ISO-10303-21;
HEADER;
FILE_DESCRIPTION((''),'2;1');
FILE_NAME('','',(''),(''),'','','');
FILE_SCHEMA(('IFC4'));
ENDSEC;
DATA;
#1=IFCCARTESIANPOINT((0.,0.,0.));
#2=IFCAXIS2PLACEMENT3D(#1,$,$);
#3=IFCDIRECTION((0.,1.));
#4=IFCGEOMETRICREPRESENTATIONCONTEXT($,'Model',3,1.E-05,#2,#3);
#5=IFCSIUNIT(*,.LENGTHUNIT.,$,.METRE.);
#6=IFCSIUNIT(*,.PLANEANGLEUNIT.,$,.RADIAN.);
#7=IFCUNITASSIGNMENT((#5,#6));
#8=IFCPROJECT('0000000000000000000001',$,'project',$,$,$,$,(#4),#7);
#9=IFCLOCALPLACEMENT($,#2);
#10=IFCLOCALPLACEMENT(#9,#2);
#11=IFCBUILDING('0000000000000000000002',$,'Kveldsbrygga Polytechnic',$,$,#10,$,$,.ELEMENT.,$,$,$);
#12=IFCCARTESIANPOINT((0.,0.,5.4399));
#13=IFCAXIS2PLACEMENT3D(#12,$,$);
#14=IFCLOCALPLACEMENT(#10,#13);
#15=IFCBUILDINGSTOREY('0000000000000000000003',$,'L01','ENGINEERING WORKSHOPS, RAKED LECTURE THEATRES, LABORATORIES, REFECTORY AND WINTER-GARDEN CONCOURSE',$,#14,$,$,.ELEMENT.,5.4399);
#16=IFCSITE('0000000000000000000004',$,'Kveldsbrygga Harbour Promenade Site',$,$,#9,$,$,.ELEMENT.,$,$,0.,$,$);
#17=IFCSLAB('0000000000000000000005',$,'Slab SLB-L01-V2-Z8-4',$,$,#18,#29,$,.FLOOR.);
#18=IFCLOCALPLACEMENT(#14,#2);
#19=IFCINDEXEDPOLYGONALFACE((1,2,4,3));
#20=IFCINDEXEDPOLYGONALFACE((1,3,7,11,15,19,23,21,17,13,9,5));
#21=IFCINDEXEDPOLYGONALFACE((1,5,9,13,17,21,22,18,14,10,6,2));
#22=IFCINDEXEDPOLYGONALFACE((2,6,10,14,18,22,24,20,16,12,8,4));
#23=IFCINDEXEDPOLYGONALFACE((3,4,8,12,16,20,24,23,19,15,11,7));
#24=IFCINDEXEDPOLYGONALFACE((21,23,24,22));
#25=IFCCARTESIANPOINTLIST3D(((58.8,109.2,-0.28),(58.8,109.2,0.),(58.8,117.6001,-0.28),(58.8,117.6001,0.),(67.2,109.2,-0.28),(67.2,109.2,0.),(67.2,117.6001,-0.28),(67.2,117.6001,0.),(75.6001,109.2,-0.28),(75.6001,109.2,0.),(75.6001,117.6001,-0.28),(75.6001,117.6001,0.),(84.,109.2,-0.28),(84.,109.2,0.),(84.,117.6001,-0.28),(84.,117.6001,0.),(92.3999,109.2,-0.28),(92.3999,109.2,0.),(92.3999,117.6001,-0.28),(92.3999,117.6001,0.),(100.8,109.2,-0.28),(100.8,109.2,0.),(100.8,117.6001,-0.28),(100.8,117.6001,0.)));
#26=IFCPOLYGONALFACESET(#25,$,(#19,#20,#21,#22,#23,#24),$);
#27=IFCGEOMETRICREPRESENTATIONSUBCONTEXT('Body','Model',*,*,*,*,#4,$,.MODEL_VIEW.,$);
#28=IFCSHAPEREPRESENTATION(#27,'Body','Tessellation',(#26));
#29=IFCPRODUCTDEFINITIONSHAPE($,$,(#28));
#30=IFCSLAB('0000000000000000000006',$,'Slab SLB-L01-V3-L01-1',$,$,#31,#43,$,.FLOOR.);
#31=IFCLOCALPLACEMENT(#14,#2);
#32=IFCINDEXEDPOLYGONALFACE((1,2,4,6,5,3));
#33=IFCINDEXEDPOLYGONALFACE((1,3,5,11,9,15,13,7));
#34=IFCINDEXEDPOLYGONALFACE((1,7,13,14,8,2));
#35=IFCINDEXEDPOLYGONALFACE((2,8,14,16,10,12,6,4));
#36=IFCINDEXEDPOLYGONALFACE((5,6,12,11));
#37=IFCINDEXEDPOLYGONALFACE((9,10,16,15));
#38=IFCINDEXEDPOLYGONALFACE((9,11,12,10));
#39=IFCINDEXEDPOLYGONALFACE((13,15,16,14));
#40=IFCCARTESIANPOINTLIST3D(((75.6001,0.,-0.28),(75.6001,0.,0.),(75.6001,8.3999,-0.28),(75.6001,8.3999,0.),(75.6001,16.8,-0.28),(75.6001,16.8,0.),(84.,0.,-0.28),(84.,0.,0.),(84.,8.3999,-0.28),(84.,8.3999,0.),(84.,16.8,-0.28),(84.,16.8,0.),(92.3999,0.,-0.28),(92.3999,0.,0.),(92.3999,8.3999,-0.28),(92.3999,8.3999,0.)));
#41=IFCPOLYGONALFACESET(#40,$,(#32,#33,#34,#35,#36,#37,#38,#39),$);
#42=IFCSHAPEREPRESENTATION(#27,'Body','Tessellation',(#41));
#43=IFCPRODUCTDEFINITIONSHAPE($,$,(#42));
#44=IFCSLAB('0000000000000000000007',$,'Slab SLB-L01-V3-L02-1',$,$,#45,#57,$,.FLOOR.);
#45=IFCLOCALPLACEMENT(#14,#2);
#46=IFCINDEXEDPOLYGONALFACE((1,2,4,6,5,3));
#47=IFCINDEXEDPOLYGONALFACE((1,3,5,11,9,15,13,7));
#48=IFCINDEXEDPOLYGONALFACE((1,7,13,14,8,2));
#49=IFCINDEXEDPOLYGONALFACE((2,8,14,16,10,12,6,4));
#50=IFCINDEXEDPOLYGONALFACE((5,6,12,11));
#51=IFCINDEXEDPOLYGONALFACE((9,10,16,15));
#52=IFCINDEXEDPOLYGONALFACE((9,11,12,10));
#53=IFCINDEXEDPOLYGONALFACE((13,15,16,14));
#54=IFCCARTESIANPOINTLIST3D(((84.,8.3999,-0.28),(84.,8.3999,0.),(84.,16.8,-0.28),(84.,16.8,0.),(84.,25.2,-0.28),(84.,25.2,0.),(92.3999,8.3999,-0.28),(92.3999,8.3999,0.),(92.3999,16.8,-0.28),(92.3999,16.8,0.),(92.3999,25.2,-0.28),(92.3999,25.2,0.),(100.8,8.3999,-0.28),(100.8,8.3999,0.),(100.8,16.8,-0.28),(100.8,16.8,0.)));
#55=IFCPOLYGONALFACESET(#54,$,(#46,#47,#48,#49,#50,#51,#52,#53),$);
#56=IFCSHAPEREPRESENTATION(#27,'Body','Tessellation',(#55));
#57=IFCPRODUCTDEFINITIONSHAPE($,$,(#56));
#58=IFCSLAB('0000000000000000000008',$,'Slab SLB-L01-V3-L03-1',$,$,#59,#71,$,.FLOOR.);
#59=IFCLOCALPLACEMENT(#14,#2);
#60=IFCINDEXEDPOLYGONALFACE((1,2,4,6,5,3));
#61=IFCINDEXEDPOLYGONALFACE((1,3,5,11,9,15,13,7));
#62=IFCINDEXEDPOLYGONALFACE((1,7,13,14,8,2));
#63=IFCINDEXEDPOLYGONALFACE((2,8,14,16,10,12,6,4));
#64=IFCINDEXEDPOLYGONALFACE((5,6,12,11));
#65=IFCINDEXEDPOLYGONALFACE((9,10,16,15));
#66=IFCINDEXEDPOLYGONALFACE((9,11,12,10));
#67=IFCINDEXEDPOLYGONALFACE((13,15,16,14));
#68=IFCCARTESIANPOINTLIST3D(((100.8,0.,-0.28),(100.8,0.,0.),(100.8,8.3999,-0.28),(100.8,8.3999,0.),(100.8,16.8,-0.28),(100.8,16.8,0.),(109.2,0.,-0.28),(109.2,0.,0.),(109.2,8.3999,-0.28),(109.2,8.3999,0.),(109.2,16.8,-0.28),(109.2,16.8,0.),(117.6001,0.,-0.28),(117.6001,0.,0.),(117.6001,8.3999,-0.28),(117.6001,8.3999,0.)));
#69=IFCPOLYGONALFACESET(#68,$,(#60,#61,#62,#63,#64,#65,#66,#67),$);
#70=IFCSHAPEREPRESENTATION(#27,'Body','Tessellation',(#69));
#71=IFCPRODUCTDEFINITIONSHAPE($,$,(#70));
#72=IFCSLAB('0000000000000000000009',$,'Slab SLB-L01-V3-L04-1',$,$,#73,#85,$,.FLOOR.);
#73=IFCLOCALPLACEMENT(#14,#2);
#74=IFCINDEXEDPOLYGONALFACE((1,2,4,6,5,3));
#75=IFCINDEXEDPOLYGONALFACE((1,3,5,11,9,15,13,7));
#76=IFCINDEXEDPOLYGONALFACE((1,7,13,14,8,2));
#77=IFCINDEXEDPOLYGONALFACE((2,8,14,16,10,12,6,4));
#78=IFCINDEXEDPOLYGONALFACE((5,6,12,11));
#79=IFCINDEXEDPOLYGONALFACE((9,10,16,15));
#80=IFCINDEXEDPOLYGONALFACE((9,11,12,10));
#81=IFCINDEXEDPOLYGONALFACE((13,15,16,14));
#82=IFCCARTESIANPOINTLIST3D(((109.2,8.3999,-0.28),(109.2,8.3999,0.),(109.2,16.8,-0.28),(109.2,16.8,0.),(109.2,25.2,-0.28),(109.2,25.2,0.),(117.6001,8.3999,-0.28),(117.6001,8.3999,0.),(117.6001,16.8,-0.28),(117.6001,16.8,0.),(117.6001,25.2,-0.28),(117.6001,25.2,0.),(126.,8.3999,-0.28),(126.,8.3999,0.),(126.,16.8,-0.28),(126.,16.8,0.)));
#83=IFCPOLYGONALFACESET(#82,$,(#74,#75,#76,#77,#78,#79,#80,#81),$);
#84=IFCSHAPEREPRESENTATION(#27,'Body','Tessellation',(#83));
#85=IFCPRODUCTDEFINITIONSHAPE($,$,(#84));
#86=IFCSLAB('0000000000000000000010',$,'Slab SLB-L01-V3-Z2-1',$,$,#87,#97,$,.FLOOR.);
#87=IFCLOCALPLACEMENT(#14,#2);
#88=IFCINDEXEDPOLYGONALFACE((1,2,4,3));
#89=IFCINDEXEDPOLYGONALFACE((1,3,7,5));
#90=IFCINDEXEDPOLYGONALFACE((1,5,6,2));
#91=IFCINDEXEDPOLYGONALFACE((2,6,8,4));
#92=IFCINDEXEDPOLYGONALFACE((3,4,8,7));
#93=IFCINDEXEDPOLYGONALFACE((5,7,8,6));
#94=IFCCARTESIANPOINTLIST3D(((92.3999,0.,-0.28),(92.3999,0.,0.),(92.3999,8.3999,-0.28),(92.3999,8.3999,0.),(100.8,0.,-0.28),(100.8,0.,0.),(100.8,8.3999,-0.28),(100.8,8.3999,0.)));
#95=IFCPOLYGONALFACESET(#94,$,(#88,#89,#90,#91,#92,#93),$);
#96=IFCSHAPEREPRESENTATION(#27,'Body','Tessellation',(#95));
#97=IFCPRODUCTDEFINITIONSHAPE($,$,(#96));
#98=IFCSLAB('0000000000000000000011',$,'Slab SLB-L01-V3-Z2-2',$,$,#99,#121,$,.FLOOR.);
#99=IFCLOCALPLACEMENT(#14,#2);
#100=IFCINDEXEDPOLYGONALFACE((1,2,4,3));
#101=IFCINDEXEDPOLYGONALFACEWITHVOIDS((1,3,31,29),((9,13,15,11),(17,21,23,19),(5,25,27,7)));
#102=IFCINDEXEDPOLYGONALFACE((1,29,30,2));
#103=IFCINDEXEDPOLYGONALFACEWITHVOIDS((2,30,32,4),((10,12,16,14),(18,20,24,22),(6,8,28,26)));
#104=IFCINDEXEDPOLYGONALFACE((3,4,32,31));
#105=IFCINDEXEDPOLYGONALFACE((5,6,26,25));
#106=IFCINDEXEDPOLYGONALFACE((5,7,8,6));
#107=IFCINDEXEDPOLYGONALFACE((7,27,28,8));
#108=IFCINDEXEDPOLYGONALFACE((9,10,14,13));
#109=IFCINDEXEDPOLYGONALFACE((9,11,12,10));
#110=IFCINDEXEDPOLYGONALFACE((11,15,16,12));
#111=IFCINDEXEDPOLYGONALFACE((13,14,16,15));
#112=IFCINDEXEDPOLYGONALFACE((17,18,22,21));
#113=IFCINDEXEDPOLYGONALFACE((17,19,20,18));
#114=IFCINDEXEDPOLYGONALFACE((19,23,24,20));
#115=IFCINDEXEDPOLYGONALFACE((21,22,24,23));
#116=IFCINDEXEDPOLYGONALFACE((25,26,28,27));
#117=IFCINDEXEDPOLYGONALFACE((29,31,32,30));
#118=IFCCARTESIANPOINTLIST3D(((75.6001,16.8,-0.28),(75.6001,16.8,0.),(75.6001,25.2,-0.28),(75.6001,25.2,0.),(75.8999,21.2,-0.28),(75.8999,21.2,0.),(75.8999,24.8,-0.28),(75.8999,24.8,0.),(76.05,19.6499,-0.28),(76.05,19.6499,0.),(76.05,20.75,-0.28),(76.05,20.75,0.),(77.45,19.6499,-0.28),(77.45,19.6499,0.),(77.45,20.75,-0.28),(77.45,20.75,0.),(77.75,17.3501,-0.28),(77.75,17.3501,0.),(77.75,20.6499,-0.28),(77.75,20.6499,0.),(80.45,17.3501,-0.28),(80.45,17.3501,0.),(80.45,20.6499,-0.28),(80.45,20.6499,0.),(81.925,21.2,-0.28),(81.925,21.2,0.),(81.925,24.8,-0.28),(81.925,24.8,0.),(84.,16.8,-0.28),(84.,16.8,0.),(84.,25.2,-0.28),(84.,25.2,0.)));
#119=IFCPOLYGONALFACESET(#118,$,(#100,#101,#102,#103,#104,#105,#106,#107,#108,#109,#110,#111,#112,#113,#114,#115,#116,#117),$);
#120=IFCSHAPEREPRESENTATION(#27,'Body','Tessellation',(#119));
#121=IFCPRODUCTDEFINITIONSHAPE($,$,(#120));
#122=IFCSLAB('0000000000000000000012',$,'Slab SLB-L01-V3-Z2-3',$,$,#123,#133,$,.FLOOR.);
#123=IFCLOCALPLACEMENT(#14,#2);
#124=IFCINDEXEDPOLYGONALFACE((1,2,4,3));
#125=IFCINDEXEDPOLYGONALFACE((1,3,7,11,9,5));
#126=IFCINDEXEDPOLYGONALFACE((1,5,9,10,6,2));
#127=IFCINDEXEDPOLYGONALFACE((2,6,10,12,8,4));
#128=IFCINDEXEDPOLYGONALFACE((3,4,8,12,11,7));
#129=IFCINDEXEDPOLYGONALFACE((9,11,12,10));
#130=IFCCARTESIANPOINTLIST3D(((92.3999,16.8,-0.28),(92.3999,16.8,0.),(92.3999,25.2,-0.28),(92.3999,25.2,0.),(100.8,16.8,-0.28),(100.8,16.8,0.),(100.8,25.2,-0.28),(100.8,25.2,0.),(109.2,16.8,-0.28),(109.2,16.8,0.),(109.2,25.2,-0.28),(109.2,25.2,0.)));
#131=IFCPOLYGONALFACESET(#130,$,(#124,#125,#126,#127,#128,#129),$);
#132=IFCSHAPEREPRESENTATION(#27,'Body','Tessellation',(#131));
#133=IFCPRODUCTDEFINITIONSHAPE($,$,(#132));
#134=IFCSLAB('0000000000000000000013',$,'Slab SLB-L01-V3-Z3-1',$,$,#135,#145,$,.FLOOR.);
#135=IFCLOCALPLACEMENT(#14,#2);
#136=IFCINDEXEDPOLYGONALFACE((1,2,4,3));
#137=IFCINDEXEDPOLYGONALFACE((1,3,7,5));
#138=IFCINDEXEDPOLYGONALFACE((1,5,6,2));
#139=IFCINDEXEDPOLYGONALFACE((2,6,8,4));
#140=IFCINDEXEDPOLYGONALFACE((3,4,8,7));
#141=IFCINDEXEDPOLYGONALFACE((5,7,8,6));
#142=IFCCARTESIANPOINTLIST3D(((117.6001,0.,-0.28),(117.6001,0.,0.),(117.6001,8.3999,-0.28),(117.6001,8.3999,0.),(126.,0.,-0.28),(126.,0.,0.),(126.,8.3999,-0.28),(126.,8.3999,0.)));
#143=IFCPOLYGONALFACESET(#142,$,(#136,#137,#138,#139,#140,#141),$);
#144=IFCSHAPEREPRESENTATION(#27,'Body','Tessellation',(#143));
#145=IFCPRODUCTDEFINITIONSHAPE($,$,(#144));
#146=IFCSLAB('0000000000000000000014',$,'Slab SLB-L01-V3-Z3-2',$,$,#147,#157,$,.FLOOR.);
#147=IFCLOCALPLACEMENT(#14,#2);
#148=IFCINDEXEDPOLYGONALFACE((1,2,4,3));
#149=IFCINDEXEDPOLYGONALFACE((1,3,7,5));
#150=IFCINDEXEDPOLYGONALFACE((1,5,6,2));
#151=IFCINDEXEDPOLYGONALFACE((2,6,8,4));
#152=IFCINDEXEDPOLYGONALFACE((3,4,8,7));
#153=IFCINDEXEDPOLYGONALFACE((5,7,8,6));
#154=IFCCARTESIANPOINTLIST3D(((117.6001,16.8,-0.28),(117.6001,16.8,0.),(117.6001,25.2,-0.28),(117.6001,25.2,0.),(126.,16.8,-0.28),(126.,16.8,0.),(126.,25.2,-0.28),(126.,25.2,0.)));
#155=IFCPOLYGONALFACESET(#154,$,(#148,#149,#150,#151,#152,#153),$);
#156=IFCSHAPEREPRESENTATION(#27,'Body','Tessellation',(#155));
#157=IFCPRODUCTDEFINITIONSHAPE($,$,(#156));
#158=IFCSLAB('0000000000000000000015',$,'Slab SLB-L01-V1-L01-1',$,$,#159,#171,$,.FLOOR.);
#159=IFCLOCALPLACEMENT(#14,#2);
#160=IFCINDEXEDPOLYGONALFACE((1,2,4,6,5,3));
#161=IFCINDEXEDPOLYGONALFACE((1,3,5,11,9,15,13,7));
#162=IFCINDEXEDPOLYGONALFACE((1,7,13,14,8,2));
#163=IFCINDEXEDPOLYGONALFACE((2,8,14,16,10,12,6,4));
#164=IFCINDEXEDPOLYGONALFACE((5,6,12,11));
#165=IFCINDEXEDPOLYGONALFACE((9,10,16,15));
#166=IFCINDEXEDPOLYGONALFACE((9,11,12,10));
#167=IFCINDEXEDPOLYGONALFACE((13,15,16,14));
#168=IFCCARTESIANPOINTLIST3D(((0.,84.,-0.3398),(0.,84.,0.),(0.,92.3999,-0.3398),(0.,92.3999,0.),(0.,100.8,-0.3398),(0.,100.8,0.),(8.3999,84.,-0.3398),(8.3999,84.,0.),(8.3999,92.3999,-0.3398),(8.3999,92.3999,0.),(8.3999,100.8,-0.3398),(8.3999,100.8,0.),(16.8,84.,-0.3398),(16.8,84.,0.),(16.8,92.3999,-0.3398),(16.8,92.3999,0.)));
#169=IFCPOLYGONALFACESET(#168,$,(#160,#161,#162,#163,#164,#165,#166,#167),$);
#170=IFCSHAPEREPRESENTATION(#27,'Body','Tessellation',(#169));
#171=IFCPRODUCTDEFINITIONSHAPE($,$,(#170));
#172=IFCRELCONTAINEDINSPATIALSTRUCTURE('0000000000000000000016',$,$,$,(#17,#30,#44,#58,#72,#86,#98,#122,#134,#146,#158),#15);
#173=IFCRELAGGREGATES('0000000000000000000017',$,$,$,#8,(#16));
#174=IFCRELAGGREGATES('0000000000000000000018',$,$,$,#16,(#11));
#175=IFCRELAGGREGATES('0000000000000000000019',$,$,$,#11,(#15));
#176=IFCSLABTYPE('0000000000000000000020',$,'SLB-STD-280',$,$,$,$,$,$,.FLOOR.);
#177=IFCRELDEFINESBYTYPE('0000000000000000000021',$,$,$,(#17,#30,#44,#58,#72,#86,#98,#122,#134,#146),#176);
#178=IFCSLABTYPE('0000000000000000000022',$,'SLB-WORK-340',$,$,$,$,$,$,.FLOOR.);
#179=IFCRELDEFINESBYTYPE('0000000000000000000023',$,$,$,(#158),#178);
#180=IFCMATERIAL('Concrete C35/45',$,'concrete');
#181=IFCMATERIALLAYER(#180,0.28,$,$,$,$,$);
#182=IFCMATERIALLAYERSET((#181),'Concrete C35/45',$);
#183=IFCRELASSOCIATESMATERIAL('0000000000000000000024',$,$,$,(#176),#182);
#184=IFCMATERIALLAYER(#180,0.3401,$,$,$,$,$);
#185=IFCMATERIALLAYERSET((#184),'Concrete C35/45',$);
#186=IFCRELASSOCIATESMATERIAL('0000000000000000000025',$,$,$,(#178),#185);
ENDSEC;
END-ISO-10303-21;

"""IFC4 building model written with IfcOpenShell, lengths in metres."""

from ifc_helpers import new_model, si_unit, direction, frame, origin, place, context, subcontext, project, spatial, polyline, outline, extrude, material, layer, layer_set, type_object, element, save


model = new_model("IFC4")

# Units and contexts
model_context = context("Model", 3, precision=1e-05, world=origin(), true_north=direction((0.0, 1.0)))
body_context = subcontext(model_context, "Body", "Model", "MODEL_VIEW")
ifc_project = project(units=[si_unit("LENGTHUNIT", "METRE"), si_unit("PLANEANGLEUNIT", "RADIAN")], contexts=[model_context])

# Site, building, storey
site_placement = place(None, origin())
site = spatial("IfcSite", under=ifc_project, at=site_placement, Name="Kveldsbrygga Harbour Promenade Site", CompositionType="ELEMENT", RefElevation=0.0)
building_placement = place(site_placement, origin())
building = spatial("IfcBuilding", under=site, at=building_placement, Name="Kveldsbrygga Polytechnic", CompositionType="ELEMENT")
storey_placement = place(building_placement, frame((0.0, 0.0, 5.4399)))
storey = spatial("IfcBuildingStorey", under=building, at=storey_placement, Name="L01", Description="ENGINEERING WORKSHOPS, RAKED LECTURE THEATRES, LABORATORIES, REFECTORY AND WINTER-GARDEN CONCOURSE", CompositionType="ELEMENT", Elevation=5.4399)

# Slabs
ifc_material_1 = material(Name="Concrete C35/45", Category="concrete")
ifc_layer_1 = layer(ifc_material_1, 0.28)
ifc_layer_set_1 = layer_set([ifc_layer_1], Name="Concrete C35/45")
slab_type_1 = type_object("IfcSlabType", Name="SLB-STD-280", PredefinedType="FLOOR", material=ifc_layer_set_1)
slab_1_placement = place(storey_placement, frame((0.0, 0.0, -0.28)))
element("IfcSlab", 1, at=slab_1_placement, inside=storey, type_object=slab_type_1, Name="Slab SLB-L01-V2-Z8-4", PredefinedType="FLOOR", context=body_context, shape_type="SweptSolid", body=[
    extrude(outline(polyline([(67.2, 117.6001), (75.6001, 117.6001), (84.0, 117.6001), (92.3999, 117.6001), (100.8, 117.6001), (100.8, 109.2), (92.3999, 109.2), (84.0, 109.2), (75.6001, 109.2), (67.2, 109.2), (58.8, 109.2), (58.8, 117.6001), (67.2, 117.6001)])), origin(), (0.0, 0.0, 1.0), 0.28),
])
slab_2_placement = place(storey_placement, frame((0.0, 0.0, -0.28)))
element("IfcSlab", 2, at=slab_2_placement, inside=storey, type_object=slab_type_1, Name="Slab SLB-L01-V3-L01-1", PredefinedType="FLOOR", context=body_context, shape_type="SweptSolid", body=[
    extrude(outline(polyline([(75.6001, 0.0), (75.6001, 8.3999), (75.6001, 16.8), (84.0, 16.8), (84.0, 8.3999), (92.3999, 8.3999), (92.3999, 0.0), (84.0, 0.0), (75.6001, 0.0)])), origin(), (0.0, 0.0, 1.0), 0.28),
])
slab_3_placement = place(storey_placement, frame((0.0, 0.0, -0.28)))
element("IfcSlab", 3, at=slab_3_placement, inside=storey, type_object=slab_type_1, Name="Slab SLB-L01-V3-L02-1", PredefinedType="FLOOR", context=body_context, shape_type="SweptSolid", body=[
    extrude(outline(polyline([(84.0, 8.3999), (84.0, 16.8), (84.0, 25.2), (92.3999, 25.2), (92.3999, 16.8), (100.8, 16.8), (100.8, 8.3999), (92.3999, 8.3999), (84.0, 8.3999)])), origin(), (0.0, 0.0, 1.0), 0.28),
])
slab_4_placement = place(storey_placement, frame((0.0, 0.0, -0.28)))
element("IfcSlab", 4, at=slab_4_placement, inside=storey, type_object=slab_type_1, Name="Slab SLB-L01-V3-L03-1", PredefinedType="FLOOR", context=body_context, shape_type="SweptSolid", body=[
    extrude(outline(polyline([(100.8, 0.0), (100.8, 8.3999), (100.8, 16.8), (109.2, 16.8), (109.2, 8.3999), (117.6001, 8.3999), (117.6001, 0.0), (109.2, 0.0), (100.8, 0.0)])), origin(), (0.0, 0.0, 1.0), 0.28),
])
slab_5_placement = place(storey_placement, frame((0.0, 0.0, -0.28)))
element("IfcSlab", 5, at=slab_5_placement, inside=storey, type_object=slab_type_1, Name="Slab SLB-L01-V3-L04-1", PredefinedType="FLOOR", context=body_context, shape_type="SweptSolid", body=[
    extrude(outline(polyline([(109.2, 8.3999), (109.2, 16.8), (109.2, 25.2), (117.6001, 25.2), (117.6001, 16.8), (126.0, 16.8), (126.0, 8.3999), (117.6001, 8.3999), (109.2, 8.3999)])), origin(), (0.0, 0.0, 1.0), 0.28),
])
slab_6_placement = place(storey_placement, frame((0.0, 0.0, -0.28)))
element("IfcSlab", 6, at=slab_6_placement, inside=storey, type_object=slab_type_1, Name="Slab SLB-L01-V3-Z2-1", PredefinedType="FLOOR", context=body_context, shape_type="SweptSolid", body=[
    extrude(outline(polyline([(92.3999, 8.3999), (100.8, 8.3999), (100.8, 0.0), (92.3999, 0.0), (92.3999, 8.3999)])), origin(), (0.0, 0.0, 1.0), 0.28),
])
slab_7_placement = place(storey_placement, frame((0.0, 0.0, -0.28)))
element("IfcSlab", 7, at=slab_7_placement, inside=storey, type_object=slab_type_1, Name="Slab SLB-L01-V3-Z2-2", PredefinedType="FLOOR", context=body_context, shape_type="SweptSolid", body=[
    extrude(outline(polyline([(75.6001, 25.2), (84.0, 25.2), (84.0, 16.8), (75.6001, 16.8), (75.6001, 25.2)]), holes=[polyline([(81.925, 24.8), (75.8999, 24.8), (75.8999, 21.2), (81.925, 21.2), (81.925, 24.8)]), polyline([(77.75, 17.3501), (80.45, 17.3501), (80.45, 20.6499), (77.75, 20.6499), (77.75, 17.3501)]), polyline([(76.05, 19.6499), (77.45, 19.6499), (77.45, 20.75), (76.05, 20.75), (76.05, 19.6499)])]), origin(), (0.0, 0.0, 1.0), 0.28),
])
slab_8_placement = place(storey_placement, frame((0.0, 0.0, -0.28)))
element("IfcSlab", 8, at=slab_8_placement, inside=storey, type_object=slab_type_1, Name="Slab SLB-L01-V3-Z2-3", PredefinedType="FLOOR", context=body_context, shape_type="SweptSolid", body=[
    extrude(outline(polyline([(92.3999, 25.2), (100.8, 25.2), (109.2, 25.2), (109.2, 16.8), (100.8, 16.8), (92.3999, 16.8), (92.3999, 25.2)])), origin(), (0.0, 0.0, 1.0), 0.28),
])
slab_9_placement = place(storey_placement, frame((0.0, 0.0, -0.28)))
element("IfcSlab", 9, at=slab_9_placement, inside=storey, type_object=slab_type_1, Name="Slab SLB-L01-V3-Z3-1", PredefinedType="FLOOR", context=body_context, shape_type="SweptSolid", body=[
    extrude(outline(polyline([(117.6001, 0.0), (117.6001, 8.3999), (126.0, 8.3999), (126.0, 0.0), (117.6001, 0.0)])), origin(), (0.0, 0.0, 1.0), 0.28),
])
slab_10_placement = place(storey_placement, frame((0.0, 0.0, -0.28)))
element("IfcSlab", 10, at=slab_10_placement, inside=storey, type_object=slab_type_1, Name="Slab SLB-L01-V3-Z3-2", PredefinedType="FLOOR", context=body_context, shape_type="SweptSolid", body=[
    extrude(outline(polyline([(117.6001, 16.8), (117.6001, 25.2), (126.0, 25.2), (126.0, 16.8), (117.6001, 16.8)])), origin(), (0.0, 0.0, 1.0), 0.28),
])
ifc_layer_2 = layer(ifc_material_1, 0.3401)
ifc_layer_set_2 = layer_set([ifc_layer_2], Name="Concrete C35/45")
slab_type_2 = type_object("IfcSlabType", Name="SLB-WORK-340", PredefinedType="FLOOR", material=ifc_layer_set_2)
slab_11_placement = place(storey_placement, frame((0.0, 0.0, -0.3398)))
element("IfcSlab", 11, at=slab_11_placement, inside=storey, type_object=slab_type_2, Name="Slab SLB-L01-V1-L01-1", PredefinedType="FLOOR", context=body_context, shape_type="SweptSolid", body=[
    extrude(outline(polyline([(0.0, 84.0), (0.0, 92.3999), (0.0, 100.8), (8.3999, 100.8), (8.3999, 92.3999), (16.8, 92.3999), (16.8, 84.0), (8.3999, 84.0), (0.0, 84.0)])), origin(), (0.0, 0.0, 1.0), 0.3398),
])

save(model, "model.ifc")
